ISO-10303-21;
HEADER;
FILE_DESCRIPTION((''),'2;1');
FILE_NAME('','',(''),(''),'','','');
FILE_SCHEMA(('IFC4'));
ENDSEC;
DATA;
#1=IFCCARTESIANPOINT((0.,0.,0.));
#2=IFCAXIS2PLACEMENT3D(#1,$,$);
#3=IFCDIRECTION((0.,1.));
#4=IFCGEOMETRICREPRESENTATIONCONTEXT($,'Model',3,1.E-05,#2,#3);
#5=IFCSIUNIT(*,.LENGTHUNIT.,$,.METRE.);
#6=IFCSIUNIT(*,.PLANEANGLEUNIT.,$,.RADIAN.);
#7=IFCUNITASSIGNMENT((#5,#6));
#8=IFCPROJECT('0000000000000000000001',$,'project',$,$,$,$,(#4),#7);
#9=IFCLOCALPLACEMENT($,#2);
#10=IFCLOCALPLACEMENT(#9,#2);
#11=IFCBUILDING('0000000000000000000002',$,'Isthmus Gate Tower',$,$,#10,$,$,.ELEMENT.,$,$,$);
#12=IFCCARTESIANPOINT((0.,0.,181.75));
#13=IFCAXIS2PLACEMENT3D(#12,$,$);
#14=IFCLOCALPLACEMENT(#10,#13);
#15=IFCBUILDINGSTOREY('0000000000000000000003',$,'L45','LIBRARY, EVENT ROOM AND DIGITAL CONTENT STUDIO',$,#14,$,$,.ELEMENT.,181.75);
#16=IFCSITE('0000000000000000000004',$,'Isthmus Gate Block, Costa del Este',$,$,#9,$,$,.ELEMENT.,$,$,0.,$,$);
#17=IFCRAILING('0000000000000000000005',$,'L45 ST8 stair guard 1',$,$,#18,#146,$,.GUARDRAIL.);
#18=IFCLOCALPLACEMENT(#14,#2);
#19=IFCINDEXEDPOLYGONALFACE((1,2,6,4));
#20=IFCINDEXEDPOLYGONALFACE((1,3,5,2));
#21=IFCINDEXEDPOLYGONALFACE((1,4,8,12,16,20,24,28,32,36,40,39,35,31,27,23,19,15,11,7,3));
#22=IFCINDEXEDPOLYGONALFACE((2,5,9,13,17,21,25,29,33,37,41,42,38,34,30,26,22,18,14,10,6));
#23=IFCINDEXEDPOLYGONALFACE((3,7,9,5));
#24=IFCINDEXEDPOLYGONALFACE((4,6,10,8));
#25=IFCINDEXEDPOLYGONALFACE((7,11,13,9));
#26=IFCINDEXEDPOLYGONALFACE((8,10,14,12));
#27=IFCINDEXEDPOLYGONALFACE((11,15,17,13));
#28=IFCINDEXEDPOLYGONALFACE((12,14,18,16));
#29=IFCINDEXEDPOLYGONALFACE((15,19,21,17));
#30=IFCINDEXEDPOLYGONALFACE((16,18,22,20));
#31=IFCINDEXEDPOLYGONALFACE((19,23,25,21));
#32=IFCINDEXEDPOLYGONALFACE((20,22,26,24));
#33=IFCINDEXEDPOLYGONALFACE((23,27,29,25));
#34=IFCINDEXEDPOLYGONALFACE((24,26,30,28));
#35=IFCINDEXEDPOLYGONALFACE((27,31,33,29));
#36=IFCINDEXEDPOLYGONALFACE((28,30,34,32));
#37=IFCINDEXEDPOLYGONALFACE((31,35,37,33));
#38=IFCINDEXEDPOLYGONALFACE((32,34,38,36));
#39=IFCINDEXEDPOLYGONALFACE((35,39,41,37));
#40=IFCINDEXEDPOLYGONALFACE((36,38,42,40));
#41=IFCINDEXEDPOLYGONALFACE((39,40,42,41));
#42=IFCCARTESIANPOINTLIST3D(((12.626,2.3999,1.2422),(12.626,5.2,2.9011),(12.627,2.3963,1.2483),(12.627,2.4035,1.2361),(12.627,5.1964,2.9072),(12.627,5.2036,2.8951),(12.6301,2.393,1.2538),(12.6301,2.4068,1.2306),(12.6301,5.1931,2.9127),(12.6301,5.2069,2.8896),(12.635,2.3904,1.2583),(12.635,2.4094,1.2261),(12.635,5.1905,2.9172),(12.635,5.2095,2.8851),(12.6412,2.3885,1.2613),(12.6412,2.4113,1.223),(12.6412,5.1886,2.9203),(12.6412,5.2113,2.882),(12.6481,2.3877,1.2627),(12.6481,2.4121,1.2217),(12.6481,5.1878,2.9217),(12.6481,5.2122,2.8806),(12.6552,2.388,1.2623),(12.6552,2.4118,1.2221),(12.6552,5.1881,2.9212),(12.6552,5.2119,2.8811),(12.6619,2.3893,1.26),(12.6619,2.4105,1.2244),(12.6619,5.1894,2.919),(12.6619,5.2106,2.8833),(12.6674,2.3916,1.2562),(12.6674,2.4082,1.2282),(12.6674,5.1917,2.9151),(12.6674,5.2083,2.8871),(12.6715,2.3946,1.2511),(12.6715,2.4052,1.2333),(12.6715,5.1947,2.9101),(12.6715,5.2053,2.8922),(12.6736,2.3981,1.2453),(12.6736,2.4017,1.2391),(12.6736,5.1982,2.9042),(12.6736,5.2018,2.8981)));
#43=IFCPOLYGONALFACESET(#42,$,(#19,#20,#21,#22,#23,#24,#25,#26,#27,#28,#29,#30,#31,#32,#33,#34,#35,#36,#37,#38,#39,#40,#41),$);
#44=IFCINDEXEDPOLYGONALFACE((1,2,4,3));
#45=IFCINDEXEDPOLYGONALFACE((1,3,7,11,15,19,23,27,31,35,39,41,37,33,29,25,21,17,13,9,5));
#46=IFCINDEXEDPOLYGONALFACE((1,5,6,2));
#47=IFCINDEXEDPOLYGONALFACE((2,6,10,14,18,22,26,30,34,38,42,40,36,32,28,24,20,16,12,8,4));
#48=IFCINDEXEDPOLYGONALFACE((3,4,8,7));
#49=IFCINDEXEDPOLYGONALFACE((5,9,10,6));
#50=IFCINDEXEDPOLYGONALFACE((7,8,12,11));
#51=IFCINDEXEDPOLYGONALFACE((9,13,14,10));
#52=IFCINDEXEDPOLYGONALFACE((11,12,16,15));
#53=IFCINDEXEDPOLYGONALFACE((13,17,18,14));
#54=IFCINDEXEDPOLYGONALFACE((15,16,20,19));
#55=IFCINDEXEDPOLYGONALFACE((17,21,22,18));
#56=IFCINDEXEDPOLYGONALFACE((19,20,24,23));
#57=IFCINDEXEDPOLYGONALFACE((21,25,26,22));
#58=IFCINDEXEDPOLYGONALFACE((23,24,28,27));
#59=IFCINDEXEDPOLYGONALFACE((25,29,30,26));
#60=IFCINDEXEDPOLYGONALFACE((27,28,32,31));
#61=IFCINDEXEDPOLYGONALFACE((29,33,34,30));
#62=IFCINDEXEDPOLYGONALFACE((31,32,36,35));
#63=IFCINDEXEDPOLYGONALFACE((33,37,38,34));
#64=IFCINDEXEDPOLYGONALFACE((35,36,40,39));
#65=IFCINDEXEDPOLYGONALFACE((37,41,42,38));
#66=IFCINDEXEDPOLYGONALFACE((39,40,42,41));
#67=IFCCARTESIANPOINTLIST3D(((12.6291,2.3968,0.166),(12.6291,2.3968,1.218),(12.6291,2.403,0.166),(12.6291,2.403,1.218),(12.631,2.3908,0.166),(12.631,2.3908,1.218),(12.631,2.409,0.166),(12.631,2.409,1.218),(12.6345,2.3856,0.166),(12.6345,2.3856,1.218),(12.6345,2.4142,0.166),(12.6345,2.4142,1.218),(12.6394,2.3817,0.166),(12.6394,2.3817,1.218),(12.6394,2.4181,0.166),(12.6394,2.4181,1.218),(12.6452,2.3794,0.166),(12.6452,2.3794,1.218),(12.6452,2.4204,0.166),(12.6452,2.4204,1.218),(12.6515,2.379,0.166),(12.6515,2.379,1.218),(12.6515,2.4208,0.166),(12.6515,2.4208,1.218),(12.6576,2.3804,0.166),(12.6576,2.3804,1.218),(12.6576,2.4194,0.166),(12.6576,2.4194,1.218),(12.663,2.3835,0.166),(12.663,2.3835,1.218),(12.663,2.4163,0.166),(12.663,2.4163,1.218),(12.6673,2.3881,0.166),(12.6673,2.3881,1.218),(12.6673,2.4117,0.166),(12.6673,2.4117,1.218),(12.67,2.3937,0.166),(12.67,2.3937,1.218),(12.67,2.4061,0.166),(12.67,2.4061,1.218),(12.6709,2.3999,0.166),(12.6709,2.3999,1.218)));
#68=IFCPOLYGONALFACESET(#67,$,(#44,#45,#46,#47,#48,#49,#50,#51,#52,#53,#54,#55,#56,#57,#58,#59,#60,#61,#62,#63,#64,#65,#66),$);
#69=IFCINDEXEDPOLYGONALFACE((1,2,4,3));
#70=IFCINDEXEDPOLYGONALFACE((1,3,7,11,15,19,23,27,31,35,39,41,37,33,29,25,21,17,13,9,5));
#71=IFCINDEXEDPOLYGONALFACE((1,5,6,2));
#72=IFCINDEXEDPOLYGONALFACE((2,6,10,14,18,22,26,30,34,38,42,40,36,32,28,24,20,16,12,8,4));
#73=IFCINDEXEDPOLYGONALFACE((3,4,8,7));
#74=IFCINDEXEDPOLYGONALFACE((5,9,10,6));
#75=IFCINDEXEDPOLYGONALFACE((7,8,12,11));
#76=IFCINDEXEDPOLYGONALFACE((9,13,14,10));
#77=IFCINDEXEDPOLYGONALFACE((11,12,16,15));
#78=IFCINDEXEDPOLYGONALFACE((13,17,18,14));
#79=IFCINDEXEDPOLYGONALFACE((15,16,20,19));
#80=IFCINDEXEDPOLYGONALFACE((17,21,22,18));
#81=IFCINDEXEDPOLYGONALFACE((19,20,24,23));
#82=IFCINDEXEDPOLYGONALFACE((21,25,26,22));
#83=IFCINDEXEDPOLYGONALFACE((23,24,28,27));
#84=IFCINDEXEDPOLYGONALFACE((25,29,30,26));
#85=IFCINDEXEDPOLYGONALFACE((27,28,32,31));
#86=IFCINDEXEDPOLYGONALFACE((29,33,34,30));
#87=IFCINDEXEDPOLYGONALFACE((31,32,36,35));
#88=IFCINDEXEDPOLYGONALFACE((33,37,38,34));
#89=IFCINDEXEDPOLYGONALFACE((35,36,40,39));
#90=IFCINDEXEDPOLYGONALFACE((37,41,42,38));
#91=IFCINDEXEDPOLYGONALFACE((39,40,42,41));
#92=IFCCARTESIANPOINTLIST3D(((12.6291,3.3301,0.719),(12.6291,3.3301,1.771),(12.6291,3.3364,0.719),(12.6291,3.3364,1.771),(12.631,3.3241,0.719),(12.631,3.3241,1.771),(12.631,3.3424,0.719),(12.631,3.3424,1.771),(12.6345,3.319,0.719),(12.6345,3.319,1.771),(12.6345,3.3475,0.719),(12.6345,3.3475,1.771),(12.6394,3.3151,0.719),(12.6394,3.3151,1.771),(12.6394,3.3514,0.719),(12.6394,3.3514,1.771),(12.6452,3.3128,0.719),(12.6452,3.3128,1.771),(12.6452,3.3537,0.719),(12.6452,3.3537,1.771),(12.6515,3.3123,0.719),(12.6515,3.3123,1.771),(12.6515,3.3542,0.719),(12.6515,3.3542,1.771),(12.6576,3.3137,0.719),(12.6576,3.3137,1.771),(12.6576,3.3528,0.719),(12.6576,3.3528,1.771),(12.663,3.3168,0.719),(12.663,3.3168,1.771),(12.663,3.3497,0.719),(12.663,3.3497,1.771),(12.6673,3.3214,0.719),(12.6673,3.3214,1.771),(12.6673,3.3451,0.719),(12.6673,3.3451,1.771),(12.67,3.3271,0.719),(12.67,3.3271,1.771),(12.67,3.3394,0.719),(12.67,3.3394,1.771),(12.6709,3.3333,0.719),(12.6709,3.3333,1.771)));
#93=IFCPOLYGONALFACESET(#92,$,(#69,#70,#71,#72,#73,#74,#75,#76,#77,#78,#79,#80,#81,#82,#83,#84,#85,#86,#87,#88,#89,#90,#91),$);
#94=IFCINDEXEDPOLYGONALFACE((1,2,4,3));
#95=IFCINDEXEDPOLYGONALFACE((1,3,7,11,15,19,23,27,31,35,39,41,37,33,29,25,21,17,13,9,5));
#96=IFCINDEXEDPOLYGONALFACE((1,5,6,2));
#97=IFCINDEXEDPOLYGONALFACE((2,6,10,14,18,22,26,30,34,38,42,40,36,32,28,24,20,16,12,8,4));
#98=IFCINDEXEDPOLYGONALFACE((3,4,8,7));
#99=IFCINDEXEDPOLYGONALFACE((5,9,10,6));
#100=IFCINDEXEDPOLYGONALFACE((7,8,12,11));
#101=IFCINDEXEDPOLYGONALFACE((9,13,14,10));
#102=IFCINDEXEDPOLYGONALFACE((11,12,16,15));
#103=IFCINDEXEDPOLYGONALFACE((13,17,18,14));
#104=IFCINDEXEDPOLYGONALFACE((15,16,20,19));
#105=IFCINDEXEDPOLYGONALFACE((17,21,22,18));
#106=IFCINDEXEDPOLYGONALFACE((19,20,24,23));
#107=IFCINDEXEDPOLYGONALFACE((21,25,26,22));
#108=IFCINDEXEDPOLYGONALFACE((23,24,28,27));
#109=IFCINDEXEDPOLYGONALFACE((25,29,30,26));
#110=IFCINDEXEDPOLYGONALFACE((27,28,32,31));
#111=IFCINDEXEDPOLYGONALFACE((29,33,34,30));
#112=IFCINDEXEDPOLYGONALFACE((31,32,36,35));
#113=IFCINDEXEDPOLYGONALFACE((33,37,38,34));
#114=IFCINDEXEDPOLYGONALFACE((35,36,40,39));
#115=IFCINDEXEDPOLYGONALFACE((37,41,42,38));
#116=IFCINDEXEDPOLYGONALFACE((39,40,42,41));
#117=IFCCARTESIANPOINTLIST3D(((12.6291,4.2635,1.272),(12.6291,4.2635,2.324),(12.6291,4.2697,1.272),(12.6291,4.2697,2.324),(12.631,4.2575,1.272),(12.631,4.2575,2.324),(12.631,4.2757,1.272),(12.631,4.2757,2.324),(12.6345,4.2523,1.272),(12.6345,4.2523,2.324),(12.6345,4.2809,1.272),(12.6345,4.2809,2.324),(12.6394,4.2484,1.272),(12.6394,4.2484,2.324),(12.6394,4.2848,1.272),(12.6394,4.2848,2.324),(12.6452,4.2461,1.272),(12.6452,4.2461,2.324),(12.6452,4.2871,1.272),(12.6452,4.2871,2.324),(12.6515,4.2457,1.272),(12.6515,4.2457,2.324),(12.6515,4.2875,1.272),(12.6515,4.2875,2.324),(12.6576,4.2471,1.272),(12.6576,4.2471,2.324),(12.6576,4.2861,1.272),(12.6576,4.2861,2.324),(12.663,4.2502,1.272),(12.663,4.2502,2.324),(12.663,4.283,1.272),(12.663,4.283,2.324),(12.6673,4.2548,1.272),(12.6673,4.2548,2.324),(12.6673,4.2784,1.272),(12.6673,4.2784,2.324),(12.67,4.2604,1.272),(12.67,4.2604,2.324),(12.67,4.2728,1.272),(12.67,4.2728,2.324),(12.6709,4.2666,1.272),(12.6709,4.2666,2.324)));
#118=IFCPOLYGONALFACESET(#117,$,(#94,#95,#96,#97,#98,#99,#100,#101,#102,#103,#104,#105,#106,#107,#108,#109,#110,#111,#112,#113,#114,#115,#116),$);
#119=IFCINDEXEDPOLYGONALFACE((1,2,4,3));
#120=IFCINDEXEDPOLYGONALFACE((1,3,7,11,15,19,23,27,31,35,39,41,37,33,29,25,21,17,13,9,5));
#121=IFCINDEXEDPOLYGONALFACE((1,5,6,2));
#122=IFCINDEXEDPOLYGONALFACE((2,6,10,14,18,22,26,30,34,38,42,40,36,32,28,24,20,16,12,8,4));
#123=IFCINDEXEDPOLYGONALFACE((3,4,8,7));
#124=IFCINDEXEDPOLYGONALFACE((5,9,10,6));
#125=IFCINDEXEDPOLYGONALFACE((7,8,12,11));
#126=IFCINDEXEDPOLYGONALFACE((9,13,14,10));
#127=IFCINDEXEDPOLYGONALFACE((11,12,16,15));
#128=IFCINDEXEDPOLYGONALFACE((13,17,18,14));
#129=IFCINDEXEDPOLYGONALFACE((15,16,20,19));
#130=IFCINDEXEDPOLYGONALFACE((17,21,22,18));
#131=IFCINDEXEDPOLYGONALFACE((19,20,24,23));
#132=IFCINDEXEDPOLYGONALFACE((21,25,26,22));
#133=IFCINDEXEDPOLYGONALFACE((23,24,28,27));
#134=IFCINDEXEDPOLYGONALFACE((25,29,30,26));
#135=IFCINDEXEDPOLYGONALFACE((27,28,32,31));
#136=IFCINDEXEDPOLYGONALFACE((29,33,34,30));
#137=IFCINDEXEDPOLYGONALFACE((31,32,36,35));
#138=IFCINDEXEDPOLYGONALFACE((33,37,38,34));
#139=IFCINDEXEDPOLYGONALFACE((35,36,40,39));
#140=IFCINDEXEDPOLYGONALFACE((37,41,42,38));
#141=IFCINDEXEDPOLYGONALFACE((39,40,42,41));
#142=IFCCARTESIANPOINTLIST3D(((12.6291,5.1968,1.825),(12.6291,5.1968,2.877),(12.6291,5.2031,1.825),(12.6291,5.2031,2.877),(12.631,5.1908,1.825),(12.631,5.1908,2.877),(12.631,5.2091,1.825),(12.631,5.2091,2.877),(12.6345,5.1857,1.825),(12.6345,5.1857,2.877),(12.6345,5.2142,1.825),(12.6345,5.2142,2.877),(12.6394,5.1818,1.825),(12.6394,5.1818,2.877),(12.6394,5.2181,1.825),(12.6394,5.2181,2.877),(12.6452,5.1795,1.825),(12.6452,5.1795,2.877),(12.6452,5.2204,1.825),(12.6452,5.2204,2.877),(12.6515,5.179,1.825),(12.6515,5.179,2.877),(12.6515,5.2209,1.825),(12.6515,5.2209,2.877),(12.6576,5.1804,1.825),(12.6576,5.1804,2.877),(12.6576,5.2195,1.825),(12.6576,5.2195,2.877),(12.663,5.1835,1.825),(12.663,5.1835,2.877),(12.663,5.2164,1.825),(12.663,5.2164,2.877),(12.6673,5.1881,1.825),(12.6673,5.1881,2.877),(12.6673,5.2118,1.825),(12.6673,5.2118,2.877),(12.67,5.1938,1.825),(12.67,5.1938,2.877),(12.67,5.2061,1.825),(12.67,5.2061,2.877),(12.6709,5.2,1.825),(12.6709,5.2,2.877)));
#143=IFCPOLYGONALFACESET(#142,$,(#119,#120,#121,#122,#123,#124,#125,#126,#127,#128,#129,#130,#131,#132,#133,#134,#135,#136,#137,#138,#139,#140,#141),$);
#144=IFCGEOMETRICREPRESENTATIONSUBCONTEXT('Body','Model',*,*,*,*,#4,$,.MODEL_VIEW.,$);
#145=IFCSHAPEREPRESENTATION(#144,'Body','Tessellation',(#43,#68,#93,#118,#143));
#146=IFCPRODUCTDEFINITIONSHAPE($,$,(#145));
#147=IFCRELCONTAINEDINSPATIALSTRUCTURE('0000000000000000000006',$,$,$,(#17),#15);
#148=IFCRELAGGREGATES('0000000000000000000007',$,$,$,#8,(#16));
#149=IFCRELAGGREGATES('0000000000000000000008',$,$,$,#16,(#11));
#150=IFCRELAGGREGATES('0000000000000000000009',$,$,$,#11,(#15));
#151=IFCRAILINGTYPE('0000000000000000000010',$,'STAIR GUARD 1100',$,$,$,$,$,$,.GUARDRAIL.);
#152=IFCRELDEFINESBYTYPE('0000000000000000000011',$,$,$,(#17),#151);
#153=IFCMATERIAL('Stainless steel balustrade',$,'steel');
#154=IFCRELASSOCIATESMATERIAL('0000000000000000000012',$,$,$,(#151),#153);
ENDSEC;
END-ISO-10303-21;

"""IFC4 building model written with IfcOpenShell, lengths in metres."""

from ifc_helpers import new_model, si_unit, direction, frame, origin, origin_2d, place, context, subcontext, project, spatial, circle, extrude, material, type_object, element, save


model = new_model("IFC4")

# Units and contexts
model_context = context("Model", 3, precision=1e-05, world=origin(), true_north=direction((0.0, 1.0)))
body_context = subcontext(model_context, "Body", "Model", "MODEL_VIEW")
ifc_project = project(units=[si_unit("LENGTHUNIT", "METRE"), si_unit("PLANEANGLEUNIT", "RADIAN")], contexts=[model_context])

# Site, building, storey
site_placement = place(None, origin())
site = spatial("IfcSite", under=ifc_project, at=site_placement, Name="Isthmus Gate Block, Costa del Este", CompositionType="ELEMENT", RefElevation=0.0)
building_placement = place(site_placement, origin())
building = spatial("IfcBuilding", under=site, at=building_placement, Name="Isthmus Gate Tower", CompositionType="ELEMENT")
storey_placement = place(building_placement, frame((0.0, 0.0, 181.75)))
storey = spatial("IfcBuildingStorey", under=building, at=storey_placement, Name="L45", Description="LIBRARY, EVENT ROOM AND DIGITAL CONTENT STUDIO", CompositionType="ELEMENT", Elevation=181.75)

# Railing
ifc_material_1 = material(Name="Stainless steel balustrade", Category="steel")
railing_type_1 = type_object("IfcRailingType", Name="STAIR GUARD 1100", PredefinedType="GUARDRAIL", material=ifc_material_1)
for number, where, name in (
    (1, (12.6499, 2.3999, 0.166), "L45 ST8 stair guard 1"),
):
    element("IfcRailing", number, at=place(storey_placement, frame(where)), inside=storey, type_object=railing_type_1, Name=name, PredefinedType="GUARDRAIL", context=body_context, shape_type="SweptSolid", body=[
        extrude(circle(Radius=0.0239, at=origin_2d()), frame((0.0, 0.0, 1.0762), z_axis=(0.0, 0.860339, 0.509722), x_axis=(-1.0, 0.0, 0.0)), (0.0, 0.0, 1.0), 3.2546),
        extrude(circle(Radius=0.021, at=origin_2d()), origin(), (0.0, 0.0, 1.0), 1.052),
        extrude(circle(Radius=0.021, at=origin_2d()), frame((0.0, 0.9333, 0.553)), (0.0, 0.0, 1.0), 1.052),
        extrude(circle(Radius=0.021, at=origin_2d()), frame((0.0, 1.8667, 1.106)), (0.0, 0.0, 1.0), 1.052),
        extrude(circle(Radius=0.021, at=origin_2d()), frame((0.0, 2.8, 1.6589)), (0.0, 0.0, 1.0), 1.052),
    ])

save(model, "model.ifc")
